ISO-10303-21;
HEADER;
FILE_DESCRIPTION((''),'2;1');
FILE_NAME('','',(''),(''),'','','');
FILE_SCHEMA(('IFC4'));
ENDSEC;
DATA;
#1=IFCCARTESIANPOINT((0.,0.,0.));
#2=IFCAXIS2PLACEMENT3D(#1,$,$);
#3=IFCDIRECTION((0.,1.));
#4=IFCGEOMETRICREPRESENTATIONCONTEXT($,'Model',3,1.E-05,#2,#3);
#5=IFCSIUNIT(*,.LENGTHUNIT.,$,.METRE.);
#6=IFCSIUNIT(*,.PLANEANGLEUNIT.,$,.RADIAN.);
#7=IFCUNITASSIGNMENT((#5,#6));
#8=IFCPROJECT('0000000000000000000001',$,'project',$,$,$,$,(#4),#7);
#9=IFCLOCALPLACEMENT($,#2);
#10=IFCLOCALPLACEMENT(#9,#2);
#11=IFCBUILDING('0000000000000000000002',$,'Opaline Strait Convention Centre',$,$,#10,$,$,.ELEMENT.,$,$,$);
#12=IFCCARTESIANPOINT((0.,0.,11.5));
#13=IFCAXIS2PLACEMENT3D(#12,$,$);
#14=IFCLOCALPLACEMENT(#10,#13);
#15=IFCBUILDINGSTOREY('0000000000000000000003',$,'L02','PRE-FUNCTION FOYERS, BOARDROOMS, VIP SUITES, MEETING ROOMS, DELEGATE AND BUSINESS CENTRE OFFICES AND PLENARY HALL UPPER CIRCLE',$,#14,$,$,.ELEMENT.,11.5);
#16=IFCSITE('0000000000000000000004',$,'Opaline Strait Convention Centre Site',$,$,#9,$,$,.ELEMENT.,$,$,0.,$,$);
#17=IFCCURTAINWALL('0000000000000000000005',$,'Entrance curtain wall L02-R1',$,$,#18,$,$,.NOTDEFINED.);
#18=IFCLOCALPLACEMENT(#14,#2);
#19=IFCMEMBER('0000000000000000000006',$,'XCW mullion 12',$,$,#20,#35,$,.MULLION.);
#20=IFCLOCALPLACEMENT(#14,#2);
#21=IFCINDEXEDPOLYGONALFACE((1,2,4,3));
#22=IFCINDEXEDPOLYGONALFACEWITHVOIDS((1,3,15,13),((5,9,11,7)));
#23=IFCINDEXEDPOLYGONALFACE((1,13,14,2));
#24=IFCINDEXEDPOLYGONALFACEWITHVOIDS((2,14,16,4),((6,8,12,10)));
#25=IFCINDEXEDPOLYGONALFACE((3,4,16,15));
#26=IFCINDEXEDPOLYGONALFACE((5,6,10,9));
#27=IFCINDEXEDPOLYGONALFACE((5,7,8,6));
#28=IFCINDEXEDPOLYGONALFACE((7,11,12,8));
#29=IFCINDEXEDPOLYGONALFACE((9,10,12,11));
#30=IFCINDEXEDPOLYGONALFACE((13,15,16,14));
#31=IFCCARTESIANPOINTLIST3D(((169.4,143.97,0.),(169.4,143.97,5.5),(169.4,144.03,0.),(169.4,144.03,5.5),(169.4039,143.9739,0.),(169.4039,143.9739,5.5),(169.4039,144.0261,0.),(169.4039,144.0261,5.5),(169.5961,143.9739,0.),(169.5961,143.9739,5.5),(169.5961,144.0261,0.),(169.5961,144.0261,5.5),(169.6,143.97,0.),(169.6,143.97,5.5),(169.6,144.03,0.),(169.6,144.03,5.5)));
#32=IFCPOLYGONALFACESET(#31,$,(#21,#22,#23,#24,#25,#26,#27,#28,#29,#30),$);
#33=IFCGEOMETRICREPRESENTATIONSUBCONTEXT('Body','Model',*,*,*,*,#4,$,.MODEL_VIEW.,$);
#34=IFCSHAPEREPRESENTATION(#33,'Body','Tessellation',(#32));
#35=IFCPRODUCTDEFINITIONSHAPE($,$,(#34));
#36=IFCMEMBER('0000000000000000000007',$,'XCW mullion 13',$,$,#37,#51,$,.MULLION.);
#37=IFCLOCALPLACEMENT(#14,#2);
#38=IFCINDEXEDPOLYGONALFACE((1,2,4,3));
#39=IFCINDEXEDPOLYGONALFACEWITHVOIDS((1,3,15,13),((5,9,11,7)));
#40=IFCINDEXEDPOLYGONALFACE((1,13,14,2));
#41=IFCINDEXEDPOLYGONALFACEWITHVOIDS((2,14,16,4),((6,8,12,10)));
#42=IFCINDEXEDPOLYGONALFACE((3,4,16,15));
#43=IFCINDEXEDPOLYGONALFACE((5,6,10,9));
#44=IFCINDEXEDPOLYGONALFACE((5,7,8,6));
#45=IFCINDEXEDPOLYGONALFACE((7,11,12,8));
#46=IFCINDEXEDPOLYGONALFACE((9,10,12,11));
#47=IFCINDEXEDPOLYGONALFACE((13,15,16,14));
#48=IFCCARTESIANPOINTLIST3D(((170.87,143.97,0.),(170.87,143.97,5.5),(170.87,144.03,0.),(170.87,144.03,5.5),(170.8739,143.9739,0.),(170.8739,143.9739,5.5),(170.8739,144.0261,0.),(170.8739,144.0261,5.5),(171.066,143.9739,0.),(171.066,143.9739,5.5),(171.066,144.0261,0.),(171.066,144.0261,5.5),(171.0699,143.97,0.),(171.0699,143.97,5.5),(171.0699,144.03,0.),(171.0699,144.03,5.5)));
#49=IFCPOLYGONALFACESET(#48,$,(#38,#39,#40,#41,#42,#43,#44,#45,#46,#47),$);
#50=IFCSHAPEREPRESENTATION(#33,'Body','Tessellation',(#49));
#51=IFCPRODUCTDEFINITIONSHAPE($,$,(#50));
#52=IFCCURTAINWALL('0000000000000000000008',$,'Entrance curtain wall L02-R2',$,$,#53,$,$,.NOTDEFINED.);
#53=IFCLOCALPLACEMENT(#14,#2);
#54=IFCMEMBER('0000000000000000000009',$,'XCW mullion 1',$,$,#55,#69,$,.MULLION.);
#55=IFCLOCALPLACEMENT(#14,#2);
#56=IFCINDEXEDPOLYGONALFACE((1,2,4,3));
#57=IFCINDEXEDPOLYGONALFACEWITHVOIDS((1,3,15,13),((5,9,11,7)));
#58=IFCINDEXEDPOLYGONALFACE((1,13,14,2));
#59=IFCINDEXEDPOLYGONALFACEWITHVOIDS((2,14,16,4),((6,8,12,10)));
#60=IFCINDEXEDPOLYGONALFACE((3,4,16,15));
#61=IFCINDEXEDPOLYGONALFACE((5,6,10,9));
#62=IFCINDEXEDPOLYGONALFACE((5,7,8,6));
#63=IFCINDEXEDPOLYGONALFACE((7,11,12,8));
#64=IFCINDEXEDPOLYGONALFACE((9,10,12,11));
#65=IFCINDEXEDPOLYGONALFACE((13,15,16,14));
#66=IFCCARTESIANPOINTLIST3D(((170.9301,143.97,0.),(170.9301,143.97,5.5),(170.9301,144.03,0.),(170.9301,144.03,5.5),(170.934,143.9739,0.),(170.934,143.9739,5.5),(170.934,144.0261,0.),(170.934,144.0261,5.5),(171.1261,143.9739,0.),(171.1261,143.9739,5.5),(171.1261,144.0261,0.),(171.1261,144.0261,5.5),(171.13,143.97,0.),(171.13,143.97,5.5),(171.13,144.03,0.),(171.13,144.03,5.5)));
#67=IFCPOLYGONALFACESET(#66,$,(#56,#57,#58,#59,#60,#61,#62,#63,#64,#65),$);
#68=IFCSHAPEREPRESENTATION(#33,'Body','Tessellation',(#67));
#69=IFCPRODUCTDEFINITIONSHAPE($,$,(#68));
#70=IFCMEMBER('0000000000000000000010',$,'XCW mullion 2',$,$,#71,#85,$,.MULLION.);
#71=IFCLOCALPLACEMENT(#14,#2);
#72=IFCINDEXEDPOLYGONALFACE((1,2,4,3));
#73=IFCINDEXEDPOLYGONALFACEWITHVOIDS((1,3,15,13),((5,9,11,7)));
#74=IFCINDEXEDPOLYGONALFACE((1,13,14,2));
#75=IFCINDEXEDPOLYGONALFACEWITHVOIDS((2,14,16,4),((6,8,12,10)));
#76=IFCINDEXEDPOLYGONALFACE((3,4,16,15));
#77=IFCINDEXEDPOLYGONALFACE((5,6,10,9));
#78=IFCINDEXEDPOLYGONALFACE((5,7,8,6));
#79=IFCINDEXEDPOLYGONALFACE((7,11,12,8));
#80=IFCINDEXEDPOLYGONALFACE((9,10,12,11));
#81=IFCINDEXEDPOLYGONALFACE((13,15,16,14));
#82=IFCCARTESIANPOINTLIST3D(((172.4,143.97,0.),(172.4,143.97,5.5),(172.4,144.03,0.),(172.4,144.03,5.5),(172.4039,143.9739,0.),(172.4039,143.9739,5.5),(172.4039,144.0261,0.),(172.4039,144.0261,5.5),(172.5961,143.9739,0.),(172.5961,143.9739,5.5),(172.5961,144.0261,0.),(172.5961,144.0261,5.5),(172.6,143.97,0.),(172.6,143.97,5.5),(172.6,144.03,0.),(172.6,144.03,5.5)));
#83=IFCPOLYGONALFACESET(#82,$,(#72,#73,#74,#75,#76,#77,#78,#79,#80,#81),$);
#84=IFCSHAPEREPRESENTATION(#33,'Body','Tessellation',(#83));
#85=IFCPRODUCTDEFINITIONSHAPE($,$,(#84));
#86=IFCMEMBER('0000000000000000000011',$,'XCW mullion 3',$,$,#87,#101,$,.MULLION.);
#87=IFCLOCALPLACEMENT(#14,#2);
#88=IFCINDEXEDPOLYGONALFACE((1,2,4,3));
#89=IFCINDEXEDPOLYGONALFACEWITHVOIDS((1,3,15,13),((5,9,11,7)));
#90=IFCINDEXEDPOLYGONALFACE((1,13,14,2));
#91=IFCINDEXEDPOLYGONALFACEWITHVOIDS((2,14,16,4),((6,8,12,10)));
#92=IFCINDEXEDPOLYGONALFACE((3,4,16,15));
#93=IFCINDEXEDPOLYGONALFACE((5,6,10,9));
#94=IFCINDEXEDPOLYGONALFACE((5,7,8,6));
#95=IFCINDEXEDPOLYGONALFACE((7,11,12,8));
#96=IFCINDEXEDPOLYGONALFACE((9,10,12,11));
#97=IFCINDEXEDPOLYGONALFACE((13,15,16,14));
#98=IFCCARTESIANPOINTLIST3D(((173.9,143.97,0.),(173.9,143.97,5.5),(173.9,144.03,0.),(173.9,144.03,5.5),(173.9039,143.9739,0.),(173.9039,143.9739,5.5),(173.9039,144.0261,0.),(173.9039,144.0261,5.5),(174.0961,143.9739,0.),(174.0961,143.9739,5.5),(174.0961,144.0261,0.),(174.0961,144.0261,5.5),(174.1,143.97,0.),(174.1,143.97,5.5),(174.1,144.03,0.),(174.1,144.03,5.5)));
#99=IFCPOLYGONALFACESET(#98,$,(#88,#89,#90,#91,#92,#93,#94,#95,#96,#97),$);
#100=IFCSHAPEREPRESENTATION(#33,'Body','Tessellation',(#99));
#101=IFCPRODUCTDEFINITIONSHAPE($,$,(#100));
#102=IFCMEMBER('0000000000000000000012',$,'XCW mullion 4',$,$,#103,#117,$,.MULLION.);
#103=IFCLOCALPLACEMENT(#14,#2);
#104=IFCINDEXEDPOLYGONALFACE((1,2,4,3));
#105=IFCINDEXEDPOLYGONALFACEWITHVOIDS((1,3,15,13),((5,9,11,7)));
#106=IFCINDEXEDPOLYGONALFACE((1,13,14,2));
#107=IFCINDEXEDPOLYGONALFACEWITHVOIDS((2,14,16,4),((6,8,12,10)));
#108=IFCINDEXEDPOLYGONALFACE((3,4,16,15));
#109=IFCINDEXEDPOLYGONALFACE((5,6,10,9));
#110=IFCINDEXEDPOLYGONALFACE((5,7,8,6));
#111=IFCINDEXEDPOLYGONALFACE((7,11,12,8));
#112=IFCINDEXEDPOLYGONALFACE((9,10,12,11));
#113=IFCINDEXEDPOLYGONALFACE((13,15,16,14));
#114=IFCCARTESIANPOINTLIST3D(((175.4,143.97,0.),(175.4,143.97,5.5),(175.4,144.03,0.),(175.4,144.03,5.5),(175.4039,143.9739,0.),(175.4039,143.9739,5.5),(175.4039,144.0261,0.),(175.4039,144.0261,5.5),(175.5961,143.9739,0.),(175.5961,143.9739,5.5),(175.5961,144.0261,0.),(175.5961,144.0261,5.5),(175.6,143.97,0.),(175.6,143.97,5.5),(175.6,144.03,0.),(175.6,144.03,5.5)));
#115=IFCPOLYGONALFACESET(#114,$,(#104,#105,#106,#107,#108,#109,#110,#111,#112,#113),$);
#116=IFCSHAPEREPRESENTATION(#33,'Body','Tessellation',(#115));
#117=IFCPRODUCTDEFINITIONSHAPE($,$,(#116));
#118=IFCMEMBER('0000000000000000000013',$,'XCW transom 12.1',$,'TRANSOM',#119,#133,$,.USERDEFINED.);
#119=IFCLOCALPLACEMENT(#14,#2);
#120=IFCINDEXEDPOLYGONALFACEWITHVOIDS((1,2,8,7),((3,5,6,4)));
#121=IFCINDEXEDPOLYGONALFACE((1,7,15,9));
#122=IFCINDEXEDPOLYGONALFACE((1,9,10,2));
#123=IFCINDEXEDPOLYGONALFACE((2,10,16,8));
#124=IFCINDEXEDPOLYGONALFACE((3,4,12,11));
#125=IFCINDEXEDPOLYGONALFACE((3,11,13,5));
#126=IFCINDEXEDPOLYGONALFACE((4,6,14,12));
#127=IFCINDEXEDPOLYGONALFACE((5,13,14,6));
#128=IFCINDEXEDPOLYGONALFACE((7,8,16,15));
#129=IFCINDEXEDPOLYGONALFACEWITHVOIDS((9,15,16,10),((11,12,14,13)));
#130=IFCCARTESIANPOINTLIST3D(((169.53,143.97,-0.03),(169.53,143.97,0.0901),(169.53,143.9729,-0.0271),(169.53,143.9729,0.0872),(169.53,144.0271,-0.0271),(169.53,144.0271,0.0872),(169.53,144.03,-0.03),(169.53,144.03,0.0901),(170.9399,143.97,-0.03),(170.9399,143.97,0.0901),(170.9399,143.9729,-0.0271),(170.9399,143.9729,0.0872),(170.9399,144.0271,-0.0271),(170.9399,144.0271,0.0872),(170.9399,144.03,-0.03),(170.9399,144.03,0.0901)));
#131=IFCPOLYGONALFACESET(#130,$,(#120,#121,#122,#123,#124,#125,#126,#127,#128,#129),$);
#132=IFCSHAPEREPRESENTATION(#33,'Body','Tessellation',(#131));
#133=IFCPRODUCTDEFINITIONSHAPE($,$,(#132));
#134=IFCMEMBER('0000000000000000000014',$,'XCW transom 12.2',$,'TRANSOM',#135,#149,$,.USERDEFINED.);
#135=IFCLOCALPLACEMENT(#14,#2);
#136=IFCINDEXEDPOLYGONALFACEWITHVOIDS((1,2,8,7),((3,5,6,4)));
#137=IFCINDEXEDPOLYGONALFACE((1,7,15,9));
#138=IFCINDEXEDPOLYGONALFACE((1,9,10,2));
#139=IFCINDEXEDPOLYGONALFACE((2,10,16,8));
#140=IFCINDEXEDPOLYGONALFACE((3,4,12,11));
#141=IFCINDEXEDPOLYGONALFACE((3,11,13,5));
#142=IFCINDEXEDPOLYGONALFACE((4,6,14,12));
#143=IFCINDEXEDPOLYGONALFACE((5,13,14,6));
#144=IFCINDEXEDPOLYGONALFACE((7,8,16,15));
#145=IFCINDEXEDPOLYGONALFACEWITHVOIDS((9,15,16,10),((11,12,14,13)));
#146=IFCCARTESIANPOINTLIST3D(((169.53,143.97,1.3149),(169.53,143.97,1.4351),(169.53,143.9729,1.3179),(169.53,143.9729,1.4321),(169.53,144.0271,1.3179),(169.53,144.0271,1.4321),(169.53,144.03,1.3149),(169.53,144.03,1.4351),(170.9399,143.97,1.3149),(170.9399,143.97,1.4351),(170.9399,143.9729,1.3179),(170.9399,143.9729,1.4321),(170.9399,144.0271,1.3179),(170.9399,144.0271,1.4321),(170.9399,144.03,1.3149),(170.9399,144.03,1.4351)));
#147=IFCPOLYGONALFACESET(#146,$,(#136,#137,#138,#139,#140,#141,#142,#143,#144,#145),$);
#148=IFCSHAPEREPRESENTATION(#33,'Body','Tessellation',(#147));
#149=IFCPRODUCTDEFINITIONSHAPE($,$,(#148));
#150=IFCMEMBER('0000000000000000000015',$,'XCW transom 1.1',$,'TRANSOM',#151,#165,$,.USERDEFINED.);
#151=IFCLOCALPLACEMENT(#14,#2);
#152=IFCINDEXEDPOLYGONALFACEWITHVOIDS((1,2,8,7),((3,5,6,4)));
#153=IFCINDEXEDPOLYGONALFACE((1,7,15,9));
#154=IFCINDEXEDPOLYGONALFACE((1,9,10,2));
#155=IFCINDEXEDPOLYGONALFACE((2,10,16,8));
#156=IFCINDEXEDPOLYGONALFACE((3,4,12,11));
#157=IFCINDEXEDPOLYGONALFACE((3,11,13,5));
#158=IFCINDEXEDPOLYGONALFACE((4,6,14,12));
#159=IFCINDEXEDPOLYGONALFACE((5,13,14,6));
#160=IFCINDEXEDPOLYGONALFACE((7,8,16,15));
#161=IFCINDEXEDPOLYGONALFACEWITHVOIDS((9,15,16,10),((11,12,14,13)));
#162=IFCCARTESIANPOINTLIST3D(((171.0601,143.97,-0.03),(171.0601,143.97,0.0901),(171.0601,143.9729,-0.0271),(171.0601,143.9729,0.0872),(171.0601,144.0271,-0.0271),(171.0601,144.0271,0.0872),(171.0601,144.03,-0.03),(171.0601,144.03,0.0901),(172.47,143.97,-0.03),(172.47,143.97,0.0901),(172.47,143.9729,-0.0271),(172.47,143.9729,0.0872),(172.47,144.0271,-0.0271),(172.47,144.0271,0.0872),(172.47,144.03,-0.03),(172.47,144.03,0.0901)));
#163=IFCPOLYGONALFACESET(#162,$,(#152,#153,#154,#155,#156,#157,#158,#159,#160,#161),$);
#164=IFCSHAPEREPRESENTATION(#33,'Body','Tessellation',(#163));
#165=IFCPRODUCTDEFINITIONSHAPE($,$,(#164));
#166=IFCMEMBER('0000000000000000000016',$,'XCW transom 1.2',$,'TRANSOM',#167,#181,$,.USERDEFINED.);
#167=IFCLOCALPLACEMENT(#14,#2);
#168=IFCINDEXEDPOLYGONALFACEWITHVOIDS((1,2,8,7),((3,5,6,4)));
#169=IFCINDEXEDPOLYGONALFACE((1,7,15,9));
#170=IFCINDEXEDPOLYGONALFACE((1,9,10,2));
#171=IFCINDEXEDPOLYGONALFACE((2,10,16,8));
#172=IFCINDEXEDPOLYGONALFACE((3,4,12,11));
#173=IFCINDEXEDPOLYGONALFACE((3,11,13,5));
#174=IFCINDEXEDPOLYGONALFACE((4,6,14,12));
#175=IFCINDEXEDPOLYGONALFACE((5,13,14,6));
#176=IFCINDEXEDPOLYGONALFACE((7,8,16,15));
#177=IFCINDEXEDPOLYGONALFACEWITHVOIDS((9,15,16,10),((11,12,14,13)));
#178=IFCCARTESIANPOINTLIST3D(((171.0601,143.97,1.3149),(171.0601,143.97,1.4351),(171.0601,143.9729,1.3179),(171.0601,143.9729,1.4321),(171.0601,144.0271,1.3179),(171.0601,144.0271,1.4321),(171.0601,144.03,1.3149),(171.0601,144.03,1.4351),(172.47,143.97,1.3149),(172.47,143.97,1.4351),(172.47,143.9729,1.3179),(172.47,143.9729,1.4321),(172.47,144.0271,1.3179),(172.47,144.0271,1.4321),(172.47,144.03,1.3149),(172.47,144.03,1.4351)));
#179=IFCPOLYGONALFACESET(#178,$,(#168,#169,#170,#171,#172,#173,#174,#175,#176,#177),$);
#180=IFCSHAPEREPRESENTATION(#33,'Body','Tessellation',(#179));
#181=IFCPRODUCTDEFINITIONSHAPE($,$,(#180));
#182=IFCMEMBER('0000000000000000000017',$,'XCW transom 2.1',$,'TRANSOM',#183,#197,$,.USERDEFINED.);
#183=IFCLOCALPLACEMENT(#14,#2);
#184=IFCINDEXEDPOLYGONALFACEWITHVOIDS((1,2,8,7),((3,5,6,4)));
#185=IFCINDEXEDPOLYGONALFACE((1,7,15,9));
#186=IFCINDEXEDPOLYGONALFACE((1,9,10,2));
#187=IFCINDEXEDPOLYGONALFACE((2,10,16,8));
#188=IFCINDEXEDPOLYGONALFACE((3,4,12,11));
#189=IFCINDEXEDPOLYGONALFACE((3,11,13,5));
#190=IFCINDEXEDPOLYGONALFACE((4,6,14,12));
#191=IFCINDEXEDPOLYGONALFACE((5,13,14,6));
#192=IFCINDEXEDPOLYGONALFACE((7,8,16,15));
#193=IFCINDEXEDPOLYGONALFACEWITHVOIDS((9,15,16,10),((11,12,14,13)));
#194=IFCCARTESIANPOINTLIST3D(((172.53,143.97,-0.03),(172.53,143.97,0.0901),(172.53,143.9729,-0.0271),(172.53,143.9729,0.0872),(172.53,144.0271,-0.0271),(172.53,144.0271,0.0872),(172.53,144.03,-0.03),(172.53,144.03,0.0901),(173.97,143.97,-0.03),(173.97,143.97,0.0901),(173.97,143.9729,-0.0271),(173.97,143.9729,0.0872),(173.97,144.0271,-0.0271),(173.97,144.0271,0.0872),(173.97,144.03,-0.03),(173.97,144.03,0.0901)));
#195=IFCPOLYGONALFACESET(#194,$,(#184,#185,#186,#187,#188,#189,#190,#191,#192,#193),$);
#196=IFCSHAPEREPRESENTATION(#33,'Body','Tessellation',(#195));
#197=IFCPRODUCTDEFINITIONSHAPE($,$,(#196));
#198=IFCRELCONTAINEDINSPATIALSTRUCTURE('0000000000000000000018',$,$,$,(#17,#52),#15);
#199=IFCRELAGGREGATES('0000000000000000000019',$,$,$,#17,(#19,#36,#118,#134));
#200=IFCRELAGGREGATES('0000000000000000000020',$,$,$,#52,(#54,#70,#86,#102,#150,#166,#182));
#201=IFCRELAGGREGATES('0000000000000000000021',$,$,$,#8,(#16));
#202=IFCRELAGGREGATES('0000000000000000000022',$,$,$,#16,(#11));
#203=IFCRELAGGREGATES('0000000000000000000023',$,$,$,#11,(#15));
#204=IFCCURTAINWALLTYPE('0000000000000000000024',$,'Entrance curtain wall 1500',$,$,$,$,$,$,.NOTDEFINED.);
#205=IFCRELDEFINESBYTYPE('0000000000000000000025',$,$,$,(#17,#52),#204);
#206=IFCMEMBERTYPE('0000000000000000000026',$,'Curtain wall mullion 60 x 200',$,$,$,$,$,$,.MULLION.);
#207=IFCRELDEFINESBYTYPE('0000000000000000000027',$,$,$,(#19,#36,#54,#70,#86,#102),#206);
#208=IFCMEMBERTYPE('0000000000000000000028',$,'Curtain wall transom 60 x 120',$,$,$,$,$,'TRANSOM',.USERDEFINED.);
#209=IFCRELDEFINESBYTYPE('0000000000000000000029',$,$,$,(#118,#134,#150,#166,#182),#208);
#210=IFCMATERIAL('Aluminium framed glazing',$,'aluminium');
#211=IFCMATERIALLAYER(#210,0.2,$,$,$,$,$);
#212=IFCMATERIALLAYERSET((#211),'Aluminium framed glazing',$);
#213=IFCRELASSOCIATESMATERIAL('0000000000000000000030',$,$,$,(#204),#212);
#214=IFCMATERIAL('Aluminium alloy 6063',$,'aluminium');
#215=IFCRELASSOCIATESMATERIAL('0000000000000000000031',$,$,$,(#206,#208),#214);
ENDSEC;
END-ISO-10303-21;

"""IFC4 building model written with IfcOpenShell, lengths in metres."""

from ifc_helpers import new_model, si_unit, direction, frame, origin, origin_2d, place, context, subcontext, project, spatial, hollow_rectangle, extrude, material, layer, layer_set, material_profile, profile_set, type_object, element, aggregate, save


model = new_model("IFC4")

# Units and contexts
model_context = context("Model", 3, precision=1e-05, world=origin(), true_north=direction((0.0, 1.0)))
body_context = subcontext(model_context, "Body", "Model", "MODEL_VIEW")
ifc_project = project(units=[si_unit("LENGTHUNIT", "METRE"), si_unit("PLANEANGLEUNIT", "RADIAN")], contexts=[model_context])

# Site, building, storey
site_placement = place(None, origin())
site = spatial("IfcSite", under=ifc_project, at=site_placement, Name="Opaline Strait Convention Centre Site", CompositionType="ELEMENT", RefElevation=0.0)
building_placement = place(site_placement, origin())
building = spatial("IfcBuilding", under=site, at=building_placement, Name="Opaline Strait Convention Centre", CompositionType="ELEMENT")
storey_placement = place(building_placement, frame((0.0, 0.0, 11.5)))
storey = spatial("IfcBuildingStorey", under=building, at=storey_placement, Name="L02", Description="PRE-FUNCTION FOYERS, BOARDROOMS, VIP SUITES, MEETING ROOMS, DELEGATE AND BUSINESS CENTRE OFFICES AND PLENARY HALL UPPER CIRCLE", CompositionType="ELEMENT", Elevation=11.5)

# Curtain walls, members
ifc_material_1 = material(Name="Aluminium framed glazing", Category="aluminium")
ifc_layer_1 = layer(ifc_material_1, 0.2)
ifc_layer_set_1 = layer_set([ifc_layer_1], Name="Aluminium framed glazing")
curtain_wall_type = type_object("IfcCurtainWallType", Name="Entrance curtain wall 1500", PredefinedType="NOTDEFINED", material=ifc_layer_set_1)
curtain_wall_1_placement = place(storey_placement, origin())
curtain_wall_1 = element("IfcCurtainWall", 1, at=curtain_wall_1_placement, inside=storey, type_object=curtain_wall_type, Name="Entrance curtain wall L02-R1", PredefinedType="NOTDEFINED")
ifc_material_2 = material(Name="Aluminium alloy 6063", Category="aluminium")
ifc_material_profile_1 = material_profile(ifc_material_2, hollow_rectangle(XDim=0.0601, YDim=0.2, WallThickness=0.0039, at=origin_2d()), Name="MULLION 60x200x4")
ifc_profile_set_1 = profile_set([ifc_material_profile_1], Name="Aluminium alloy 6063")
member_type_1 = type_object("IfcMemberType", Name="Curtain wall mullion 60 x 200", PredefinedType="MULLION", material=ifc_profile_set_1)
member_1_placement = place(storey_placement, frame((169.5, 144.0, 0.0), z_axis=(0.0, 0.0, 1.0), x_axis=(0.0, 1.0, 0.0)))
member_1 = element("IfcMember", 2, at=member_1_placement, type_object=member_type_1, Name="XCW mullion 12", PredefinedType="MULLION", context=body_context, shape_type="SweptSolid", body=[
    extrude(hollow_rectangle(XDim=0.0601, YDim=0.2, WallThickness=0.0039, at=origin_2d()), origin(), (0.0, 0.0, 1.0), 5.5),
])
member_2_placement = place(storey_placement, frame((170.97, 144.0, 0.0), z_axis=(0.0, 0.0, 1.0), x_axis=(0.0, 1.0, 0.0)))
member_2 = element("IfcMember", 3, at=member_2_placement, type_object=member_type_1, Name="XCW mullion 13", PredefinedType="MULLION", context=body_context, shape_type="SweptSolid", body=[
    extrude(hollow_rectangle(XDim=0.0601, YDim=0.2, WallThickness=0.0039, at=origin_2d()), origin(), (0.0, 0.0, 1.0), 5.5),
])
curtain_wall_2_placement = place(storey_placement, origin())
curtain_wall_2 = element("IfcCurtainWall", 4, at=curtain_wall_2_placement, inside=storey, type_object=curtain_wall_type, Name="Entrance curtain wall L02-R2", PredefinedType="NOTDEFINED")
member_3_placement = place(storey_placement, frame((171.03, 144.0, 0.0), z_axis=(0.0, 0.0, 1.0), x_axis=(0.0, 1.0, 0.0)))
member_3 = element("IfcMember", 5, at=member_3_placement, type_object=member_type_1, Name="XCW mullion 1", PredefinedType="MULLION", context=body_context, shape_type="SweptSolid", body=[
    extrude(hollow_rectangle(XDim=0.0601, YDim=0.2, WallThickness=0.0039, at=origin_2d()), origin(), (0.0, 0.0, 1.0), 5.5),
])
member_4_placement = place(storey_placement, frame((172.5, 144.0, 0.0), z_axis=(0.0, 0.0, 1.0), x_axis=(0.0, 1.0, 0.0)))
member_4 = element("IfcMember", 6, at=member_4_placement, type_object=member_type_1, Name="XCW mullion 2", PredefinedType="MULLION", context=body_context, shape_type="SweptSolid", body=[
    extrude(hollow_rectangle(XDim=0.0601, YDim=0.2, WallThickness=0.0039, at=origin_2d()), origin(), (0.0, 0.0, 1.0), 5.5),
])
member_5_placement = place(storey_placement, frame((174.0, 144.0, 0.0), z_axis=(0.0, 0.0, 1.0), x_axis=(0.0, 1.0, 0.0)))
member_5 = element("IfcMember", 7, at=member_5_placement, type_object=member_type_1, Name="XCW mullion 3", PredefinedType="MULLION", context=body_context, shape_type="SweptSolid", body=[
    extrude(hollow_rectangle(XDim=0.0601, YDim=0.2, WallThickness=0.0039, at=origin_2d()), origin(), (0.0, 0.0, 1.0), 5.5),
])
member_6_placement = place(storey_placement, frame((175.5, 144.0, 0.0), z_axis=(0.0, 0.0, 1.0), x_axis=(0.0, 1.0, 0.0)))
member_6 = element("IfcMember", 8, at=member_6_placement, type_object=member_type_1, Name="XCW mullion 4", PredefinedType="MULLION", context=body_context, shape_type="SweptSolid", body=[
    extrude(hollow_rectangle(XDim=0.0601, YDim=0.2, WallThickness=0.0039, at=origin_2d()), origin(), (0.0, 0.0, 1.0), 5.5),
])

# Members
ifc_material_profile_2 = material_profile(ifc_material_2, hollow_rectangle(XDim=0.0601, YDim=0.1201, WallThickness=0.0029, at=origin_2d()), Name="TRANSOM 60x120x3")
ifc_profile_set_2 = profile_set([ifc_material_profile_2], Name="Aluminium alloy 6063")
member_type_2 = type_object("IfcMemberType", Name="Curtain wall transom 60 x 120", ElementType="TRANSOM", PredefinedType="USERDEFINED", material=ifc_profile_set_2)
member_7_placement = place(storey_placement, frame((169.53, 144.0, 0.03), z_axis=(1.0, 0.0, 0.0), x_axis=(0.0, 1.0, 0.0)))
member_7 = element("IfcMember", 9, at=member_7_placement, type_object=member_type_2, Name="XCW transom 12.1", ObjectType="TRANSOM", PredefinedType="USERDEFINED", context=body_context, shape_type="SweptSolid", body=[
    extrude(hollow_rectangle(XDim=0.0601, YDim=0.1201, WallThickness=0.0029, at=origin_2d()), origin(), (0.0, 0.0, 1.0), 1.4099),
])
member_8_placement = place(storey_placement, frame((169.53, 144.0, 1.375), z_axis=(1.0, 0.0, 0.0), x_axis=(0.0, 1.0, 0.0)))
member_8 = element("IfcMember", 10, at=member_8_placement, type_object=member_type_2, Name="XCW transom 12.2", ObjectType="TRANSOM", PredefinedType="USERDEFINED", context=body_context, shape_type="SweptSolid", body=[
    extrude(hollow_rectangle(XDim=0.0601, YDim=0.1201, WallThickness=0.0029, at=origin_2d()), origin(), (0.0, 0.0, 1.0), 1.4099),
])
member_9_placement = place(storey_placement, frame((171.0601, 144.0, 0.03), z_axis=(1.0, 0.0, 0.0), x_axis=(0.0, 1.0, 0.0)))
member_9 = element("IfcMember", 11, at=member_9_placement, type_object=member_type_2, Name="XCW transom 1.1", ObjectType="TRANSOM", PredefinedType="USERDEFINED", context=body_context, shape_type="SweptSolid", body=[
    extrude(hollow_rectangle(XDim=0.0601, YDim=0.1201, WallThickness=0.0029, at=origin_2d()), origin(), (0.0, 0.0, 1.0), 1.4099),
])
member_10_placement = place(storey_placement, frame((171.0601, 144.0, 1.375), z_axis=(1.0, 0.0, 0.0), x_axis=(0.0, 1.0, 0.0)))
member_10 = element("IfcMember", 12, at=member_10_placement, type_object=member_type_2, Name="XCW transom 1.2", ObjectType="TRANSOM", PredefinedType="USERDEFINED", context=body_context, shape_type="SweptSolid", body=[
    extrude(hollow_rectangle(XDim=0.0601, YDim=0.1201, WallThickness=0.0029, at=origin_2d()), origin(), (0.0, 0.0, 1.0), 1.4099),
])
member_11_placement = place(storey_placement, frame((172.53, 144.0, 0.03), z_axis=(1.0, 0.0, 0.0), x_axis=(0.0, 1.0, 0.0)))
member_11 = element("IfcMember", 13, at=member_11_placement, type_object=member_type_2, Name="XCW transom 2.1", ObjectType="TRANSOM", PredefinedType="USERDEFINED", context=body_context, shape_type="SweptSolid", body=[
    extrude(hollow_rectangle(XDim=0.0601, YDim=0.1201, WallThickness=0.0029, at=origin_2d()), origin(), (0.0, 0.0, 1.0), 1.4399),
])

aggregate(curtain_wall_1, [member_1, member_2, member_7, member_8])
aggregate(curtain_wall_2, [member_3, member_4, member_5, member_6, member_9, member_10, member_11])

save(model, "model.ifc")
